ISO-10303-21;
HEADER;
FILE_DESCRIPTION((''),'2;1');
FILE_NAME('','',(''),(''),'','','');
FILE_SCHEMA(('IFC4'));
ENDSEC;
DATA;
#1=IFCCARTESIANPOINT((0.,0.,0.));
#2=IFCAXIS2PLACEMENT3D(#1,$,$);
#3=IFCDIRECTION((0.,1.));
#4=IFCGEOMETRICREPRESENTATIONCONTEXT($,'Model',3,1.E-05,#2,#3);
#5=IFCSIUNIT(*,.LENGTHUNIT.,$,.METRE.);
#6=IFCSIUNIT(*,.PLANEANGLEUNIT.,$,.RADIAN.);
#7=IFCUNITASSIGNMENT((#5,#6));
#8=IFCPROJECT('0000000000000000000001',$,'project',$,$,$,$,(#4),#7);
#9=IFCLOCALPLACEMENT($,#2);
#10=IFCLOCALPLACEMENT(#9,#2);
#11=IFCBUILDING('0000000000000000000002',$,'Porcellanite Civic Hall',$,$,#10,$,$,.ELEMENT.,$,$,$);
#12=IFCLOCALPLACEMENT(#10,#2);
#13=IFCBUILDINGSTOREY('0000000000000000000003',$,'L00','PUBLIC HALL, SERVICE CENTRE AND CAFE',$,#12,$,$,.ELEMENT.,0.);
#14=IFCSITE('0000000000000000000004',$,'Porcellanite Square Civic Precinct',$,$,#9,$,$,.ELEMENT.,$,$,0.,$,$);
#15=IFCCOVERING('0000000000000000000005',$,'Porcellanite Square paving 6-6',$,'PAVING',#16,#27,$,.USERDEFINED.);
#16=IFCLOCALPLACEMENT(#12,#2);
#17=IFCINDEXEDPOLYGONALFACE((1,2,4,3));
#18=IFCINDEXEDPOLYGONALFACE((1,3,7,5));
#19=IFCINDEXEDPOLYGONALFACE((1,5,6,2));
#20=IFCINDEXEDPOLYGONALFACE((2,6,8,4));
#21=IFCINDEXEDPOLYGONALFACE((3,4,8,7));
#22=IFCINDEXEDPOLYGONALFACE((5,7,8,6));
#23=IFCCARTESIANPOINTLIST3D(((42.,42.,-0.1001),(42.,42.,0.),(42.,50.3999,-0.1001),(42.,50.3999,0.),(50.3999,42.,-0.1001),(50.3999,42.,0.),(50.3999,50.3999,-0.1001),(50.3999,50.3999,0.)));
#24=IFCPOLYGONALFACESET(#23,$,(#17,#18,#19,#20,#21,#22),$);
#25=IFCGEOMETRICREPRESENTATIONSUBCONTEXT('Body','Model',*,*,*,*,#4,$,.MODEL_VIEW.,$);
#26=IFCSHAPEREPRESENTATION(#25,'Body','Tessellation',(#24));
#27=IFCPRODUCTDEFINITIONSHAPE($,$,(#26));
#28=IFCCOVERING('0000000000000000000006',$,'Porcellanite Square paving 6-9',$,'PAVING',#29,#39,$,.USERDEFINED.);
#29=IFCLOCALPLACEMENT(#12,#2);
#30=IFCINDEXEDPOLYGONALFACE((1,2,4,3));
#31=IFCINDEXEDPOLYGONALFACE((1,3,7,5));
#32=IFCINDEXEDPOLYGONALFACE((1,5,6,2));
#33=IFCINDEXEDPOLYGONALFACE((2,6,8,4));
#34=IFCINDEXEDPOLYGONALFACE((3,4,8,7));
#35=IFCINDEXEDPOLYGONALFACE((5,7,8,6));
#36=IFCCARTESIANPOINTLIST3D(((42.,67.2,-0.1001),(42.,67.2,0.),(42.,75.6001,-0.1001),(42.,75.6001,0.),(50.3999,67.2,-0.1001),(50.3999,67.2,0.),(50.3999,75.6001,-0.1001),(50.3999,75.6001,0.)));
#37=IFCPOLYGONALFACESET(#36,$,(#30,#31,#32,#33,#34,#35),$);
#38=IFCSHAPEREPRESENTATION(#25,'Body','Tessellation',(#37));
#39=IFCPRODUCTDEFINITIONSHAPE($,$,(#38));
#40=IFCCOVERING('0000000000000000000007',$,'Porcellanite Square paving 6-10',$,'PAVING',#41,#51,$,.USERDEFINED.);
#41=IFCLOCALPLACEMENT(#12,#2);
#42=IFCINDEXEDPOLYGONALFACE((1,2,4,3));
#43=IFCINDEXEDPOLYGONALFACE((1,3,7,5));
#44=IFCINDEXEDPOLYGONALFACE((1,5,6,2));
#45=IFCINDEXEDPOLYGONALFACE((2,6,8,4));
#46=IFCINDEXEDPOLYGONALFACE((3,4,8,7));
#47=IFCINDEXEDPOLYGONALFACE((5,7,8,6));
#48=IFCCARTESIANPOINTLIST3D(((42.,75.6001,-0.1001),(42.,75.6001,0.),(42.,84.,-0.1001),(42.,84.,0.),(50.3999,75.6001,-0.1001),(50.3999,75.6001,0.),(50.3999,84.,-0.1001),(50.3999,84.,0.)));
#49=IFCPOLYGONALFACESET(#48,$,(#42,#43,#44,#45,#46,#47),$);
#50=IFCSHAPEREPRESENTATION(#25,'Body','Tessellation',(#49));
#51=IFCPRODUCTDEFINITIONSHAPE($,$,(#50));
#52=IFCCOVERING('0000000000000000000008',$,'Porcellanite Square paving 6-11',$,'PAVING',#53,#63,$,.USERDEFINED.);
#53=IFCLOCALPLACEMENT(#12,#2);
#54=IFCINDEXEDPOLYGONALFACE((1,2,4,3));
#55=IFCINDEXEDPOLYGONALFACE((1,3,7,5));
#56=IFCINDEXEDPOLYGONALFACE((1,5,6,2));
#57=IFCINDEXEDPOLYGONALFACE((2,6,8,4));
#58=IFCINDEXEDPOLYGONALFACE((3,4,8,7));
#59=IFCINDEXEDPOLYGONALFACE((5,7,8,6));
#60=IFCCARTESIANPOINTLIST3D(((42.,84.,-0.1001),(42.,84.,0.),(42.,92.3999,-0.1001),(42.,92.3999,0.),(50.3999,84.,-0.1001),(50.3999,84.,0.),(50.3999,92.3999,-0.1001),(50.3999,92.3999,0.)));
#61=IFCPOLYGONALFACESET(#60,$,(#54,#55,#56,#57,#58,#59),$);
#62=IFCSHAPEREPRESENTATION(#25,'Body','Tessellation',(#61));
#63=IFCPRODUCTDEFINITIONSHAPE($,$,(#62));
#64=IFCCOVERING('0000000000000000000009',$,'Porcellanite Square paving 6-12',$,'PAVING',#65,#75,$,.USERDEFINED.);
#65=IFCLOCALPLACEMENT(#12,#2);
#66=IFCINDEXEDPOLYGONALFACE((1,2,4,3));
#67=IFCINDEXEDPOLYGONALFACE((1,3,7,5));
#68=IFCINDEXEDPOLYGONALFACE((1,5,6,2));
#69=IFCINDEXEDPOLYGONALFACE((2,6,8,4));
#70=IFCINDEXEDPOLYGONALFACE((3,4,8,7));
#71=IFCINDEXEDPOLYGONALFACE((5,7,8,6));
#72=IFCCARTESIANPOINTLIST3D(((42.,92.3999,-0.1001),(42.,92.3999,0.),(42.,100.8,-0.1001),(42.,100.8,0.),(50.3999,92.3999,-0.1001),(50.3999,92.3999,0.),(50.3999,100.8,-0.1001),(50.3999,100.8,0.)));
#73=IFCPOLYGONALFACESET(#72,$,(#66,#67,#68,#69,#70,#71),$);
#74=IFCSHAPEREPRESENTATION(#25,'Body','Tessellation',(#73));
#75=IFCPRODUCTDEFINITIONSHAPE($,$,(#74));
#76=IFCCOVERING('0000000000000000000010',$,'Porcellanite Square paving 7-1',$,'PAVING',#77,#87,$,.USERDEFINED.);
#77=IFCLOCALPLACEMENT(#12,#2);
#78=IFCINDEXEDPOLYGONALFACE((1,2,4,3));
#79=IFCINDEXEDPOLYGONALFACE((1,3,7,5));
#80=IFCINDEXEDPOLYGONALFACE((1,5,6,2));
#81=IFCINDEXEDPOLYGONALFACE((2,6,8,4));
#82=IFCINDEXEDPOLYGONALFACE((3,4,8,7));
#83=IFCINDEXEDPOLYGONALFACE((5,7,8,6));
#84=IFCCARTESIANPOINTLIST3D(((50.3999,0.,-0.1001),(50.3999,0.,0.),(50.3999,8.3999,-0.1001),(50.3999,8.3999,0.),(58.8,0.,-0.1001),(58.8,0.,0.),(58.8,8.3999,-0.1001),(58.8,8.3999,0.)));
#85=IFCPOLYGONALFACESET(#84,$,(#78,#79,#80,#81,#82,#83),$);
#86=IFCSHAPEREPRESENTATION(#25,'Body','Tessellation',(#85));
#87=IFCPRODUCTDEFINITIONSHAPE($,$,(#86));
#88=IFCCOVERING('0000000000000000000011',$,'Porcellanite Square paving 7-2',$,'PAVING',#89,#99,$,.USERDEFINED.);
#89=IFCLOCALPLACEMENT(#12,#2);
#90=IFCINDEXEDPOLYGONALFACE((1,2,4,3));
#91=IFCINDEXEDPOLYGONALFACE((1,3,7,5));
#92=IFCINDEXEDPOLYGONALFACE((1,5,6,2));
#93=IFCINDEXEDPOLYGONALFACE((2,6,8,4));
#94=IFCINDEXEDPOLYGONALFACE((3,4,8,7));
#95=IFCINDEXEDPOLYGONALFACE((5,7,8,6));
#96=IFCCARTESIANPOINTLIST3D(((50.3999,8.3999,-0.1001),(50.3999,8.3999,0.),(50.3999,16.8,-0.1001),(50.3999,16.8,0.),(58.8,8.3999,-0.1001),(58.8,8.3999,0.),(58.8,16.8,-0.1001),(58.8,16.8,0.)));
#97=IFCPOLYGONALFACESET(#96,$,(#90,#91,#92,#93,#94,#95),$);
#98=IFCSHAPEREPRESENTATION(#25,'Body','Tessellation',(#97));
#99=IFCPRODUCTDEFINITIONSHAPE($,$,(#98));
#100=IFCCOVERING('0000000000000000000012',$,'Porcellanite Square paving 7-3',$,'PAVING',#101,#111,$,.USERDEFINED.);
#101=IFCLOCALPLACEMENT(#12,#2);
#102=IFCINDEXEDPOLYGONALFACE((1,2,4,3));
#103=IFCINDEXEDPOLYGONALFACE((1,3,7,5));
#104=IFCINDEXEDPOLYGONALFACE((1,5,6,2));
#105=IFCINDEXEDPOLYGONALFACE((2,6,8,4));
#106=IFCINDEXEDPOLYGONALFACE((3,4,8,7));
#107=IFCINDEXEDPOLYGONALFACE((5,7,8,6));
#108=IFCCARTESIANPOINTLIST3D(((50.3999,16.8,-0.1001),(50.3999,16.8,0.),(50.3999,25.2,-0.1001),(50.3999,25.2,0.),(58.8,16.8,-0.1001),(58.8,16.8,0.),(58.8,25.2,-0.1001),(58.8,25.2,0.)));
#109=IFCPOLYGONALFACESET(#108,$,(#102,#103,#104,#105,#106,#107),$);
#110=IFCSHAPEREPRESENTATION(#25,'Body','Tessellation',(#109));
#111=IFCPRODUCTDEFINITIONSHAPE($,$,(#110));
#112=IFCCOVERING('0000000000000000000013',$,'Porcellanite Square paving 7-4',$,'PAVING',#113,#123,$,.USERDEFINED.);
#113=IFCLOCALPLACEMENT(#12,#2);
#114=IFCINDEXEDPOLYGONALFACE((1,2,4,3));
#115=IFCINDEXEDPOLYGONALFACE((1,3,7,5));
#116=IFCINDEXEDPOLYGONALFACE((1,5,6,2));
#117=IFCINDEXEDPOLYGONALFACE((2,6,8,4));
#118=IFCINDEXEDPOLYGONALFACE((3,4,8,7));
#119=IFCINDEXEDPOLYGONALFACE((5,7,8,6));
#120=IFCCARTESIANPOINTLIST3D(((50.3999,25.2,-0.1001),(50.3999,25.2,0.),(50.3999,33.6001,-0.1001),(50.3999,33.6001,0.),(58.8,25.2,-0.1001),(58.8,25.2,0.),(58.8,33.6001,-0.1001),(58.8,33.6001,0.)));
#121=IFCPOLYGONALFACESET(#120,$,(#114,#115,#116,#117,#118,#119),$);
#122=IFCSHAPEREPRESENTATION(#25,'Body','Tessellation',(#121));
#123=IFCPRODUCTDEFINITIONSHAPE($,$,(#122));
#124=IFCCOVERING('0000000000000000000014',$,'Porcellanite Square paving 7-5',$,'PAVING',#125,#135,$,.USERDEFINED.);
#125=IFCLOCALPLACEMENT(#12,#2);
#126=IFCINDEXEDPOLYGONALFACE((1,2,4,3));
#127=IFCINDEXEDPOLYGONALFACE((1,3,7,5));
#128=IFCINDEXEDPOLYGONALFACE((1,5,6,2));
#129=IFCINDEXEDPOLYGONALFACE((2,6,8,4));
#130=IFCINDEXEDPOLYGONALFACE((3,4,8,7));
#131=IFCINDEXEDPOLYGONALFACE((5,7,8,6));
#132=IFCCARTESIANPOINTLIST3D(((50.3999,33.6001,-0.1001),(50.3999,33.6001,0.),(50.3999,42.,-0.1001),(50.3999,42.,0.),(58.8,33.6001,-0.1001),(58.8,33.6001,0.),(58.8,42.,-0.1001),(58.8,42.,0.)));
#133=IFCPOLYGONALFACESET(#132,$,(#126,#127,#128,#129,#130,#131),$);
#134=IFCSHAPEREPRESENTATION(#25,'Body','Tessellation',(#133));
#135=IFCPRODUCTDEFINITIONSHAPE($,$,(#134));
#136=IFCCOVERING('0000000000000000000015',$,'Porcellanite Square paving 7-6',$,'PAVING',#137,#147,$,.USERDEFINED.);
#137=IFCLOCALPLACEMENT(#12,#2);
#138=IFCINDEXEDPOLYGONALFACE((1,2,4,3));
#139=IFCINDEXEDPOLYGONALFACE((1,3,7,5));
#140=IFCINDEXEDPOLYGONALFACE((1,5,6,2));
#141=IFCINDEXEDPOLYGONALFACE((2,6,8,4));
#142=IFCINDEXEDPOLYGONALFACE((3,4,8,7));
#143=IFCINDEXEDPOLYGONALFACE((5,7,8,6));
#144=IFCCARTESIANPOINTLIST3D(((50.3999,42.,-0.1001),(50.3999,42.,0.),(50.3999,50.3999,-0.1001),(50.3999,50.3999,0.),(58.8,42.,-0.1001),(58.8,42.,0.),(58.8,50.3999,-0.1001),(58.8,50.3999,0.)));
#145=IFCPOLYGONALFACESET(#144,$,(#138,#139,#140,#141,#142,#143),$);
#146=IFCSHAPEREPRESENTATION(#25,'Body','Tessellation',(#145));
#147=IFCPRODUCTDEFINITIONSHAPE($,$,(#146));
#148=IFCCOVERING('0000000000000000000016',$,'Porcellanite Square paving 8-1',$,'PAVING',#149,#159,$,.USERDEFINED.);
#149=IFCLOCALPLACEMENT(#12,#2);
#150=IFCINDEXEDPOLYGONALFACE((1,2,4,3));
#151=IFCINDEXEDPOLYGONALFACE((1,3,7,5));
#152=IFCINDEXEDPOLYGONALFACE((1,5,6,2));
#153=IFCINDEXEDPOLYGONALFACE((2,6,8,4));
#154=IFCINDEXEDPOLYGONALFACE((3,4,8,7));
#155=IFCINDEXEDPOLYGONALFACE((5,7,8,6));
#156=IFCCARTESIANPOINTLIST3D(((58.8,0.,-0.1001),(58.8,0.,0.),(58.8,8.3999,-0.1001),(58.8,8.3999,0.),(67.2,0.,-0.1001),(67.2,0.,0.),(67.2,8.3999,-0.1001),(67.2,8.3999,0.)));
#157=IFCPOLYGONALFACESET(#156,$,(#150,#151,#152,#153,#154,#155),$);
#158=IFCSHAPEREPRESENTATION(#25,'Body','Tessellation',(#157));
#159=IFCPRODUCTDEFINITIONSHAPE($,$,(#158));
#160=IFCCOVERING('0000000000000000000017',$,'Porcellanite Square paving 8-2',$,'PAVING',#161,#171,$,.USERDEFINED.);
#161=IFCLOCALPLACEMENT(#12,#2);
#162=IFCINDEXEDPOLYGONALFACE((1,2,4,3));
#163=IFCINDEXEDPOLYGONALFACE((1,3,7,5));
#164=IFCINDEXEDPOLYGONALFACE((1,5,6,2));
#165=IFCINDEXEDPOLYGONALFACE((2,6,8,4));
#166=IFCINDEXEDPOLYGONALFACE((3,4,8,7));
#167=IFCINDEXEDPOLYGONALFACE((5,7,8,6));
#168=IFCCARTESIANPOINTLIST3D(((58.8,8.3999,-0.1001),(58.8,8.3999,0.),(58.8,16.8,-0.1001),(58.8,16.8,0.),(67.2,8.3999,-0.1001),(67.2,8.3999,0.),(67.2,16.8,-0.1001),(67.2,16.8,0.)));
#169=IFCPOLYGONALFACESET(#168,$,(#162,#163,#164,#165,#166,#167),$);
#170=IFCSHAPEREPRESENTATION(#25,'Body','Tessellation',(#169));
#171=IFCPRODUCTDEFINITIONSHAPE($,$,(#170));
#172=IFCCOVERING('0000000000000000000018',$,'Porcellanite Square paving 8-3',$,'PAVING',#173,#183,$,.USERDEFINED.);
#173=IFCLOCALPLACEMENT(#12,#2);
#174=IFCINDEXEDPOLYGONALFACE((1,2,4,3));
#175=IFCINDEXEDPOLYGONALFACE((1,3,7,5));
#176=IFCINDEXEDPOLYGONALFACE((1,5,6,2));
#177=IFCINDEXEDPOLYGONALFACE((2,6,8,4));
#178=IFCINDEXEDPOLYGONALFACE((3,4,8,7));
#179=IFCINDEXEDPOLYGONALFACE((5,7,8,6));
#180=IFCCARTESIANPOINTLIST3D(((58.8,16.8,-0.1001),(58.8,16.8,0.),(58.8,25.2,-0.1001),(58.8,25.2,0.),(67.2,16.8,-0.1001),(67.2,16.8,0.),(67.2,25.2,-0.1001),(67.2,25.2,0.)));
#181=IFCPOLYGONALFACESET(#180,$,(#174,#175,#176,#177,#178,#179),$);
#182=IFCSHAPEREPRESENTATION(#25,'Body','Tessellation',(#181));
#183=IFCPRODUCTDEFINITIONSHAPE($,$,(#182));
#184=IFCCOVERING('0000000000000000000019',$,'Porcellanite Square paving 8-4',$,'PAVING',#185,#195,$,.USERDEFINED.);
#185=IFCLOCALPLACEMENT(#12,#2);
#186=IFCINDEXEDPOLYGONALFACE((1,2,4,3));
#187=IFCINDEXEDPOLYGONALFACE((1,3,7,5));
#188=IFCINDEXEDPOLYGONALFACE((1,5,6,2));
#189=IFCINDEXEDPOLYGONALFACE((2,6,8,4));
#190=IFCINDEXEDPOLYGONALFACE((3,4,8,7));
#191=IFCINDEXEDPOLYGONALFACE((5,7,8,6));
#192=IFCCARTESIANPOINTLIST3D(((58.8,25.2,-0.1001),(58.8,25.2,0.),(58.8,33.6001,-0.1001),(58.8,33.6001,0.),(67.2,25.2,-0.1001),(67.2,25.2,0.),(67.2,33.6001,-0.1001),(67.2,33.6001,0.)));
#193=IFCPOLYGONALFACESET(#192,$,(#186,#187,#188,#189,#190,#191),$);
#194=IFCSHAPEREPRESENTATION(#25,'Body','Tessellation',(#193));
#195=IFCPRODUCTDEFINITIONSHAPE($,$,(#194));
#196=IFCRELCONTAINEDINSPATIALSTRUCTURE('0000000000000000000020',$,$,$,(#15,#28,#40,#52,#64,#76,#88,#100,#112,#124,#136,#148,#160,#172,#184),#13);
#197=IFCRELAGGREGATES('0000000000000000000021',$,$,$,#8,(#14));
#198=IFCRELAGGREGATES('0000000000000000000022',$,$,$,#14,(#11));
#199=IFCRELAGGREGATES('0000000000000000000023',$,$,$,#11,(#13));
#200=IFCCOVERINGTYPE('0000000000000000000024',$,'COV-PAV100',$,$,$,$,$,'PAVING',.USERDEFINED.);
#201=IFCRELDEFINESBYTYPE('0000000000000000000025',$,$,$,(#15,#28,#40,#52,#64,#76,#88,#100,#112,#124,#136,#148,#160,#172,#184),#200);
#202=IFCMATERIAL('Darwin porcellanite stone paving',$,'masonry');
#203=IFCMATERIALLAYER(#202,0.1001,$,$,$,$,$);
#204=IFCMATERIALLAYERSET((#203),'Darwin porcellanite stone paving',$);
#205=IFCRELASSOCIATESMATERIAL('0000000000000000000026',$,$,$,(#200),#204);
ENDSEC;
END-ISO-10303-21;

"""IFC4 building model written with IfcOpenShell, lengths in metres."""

from ifc_helpers import new_model, si_unit, direction, frame, origin, place, context, subcontext, project, spatial, polyline, outline, extrude, material, layer, layer_set, type_object, element, save


model = new_model("IFC4")

# Units and contexts
model_context = context("Model", 3, precision=1e-05, world=origin(), true_north=direction((0.0, 1.0)))
body_context = subcontext(model_context, "Body", "Model", "MODEL_VIEW")
ifc_project = project(units=[si_unit("LENGTHUNIT", "METRE"), si_unit("PLANEANGLEUNIT", "RADIAN")], contexts=[model_context])

# Site, building, storey
site_placement = place(None, origin())
site = spatial("IfcSite", under=ifc_project, at=site_placement, Name="Porcellanite Square Civic Precinct", CompositionType="ELEMENT", RefElevation=0.0)
building_placement = place(site_placement, origin())
building = spatial("IfcBuilding", under=site, at=building_placement, Name="Porcellanite Civic Hall", CompositionType="ELEMENT")
storey_placement = place(building_placement, origin())
storey = spatial("IfcBuildingStorey", under=building, at=storey_placement, Name="L00", Description="PUBLIC HALL, SERVICE CENTRE AND CAFE", CompositionType="ELEMENT", Elevation=0.0)

# Coverings
ifc_material = material(Name="Darwin porcellanite stone paving", Category="masonry")
ifc_layer = layer(ifc_material, 0.1001)
ifc_layer_set = layer_set([ifc_layer], Name="Darwin porcellanite stone paving")
covering_type = type_object("IfcCoveringType", Name="COV-PAV100", ElementType="PAVING", PredefinedType="USERDEFINED", material=ifc_layer_set)
covering_1_placement = place(storey_placement, frame((0.0, 0.0, -0.1001)))
element("IfcCovering", 1, at=covering_1_placement, inside=storey, type_object=covering_type, Name="Porcellanite Square paving 6-6", ObjectType="PAVING", PredefinedType="USERDEFINED", context=body_context, shape_type="SweptSolid", body=[
    extrude(outline(polyline([(42.0, 42.0), (50.3999, 42.0), (50.3999, 50.3999), (42.0, 50.3999), (42.0, 42.0)])), origin(), (0.0, 0.0, 1.0), 0.1001),
])
covering_2_placement = place(storey_placement, frame((0.0, 0.0, -0.1001)))
element("IfcCovering", 2, at=covering_2_placement, inside=storey, type_object=covering_type, Name="Porcellanite Square paving 6-9", ObjectType="PAVING", PredefinedType="USERDEFINED", context=body_context, shape_type="SweptSolid", body=[
    extrude(outline(polyline([(42.0, 67.2), (50.3999, 67.2), (50.3999, 75.6001), (42.0, 75.6001), (42.0, 67.2)])), origin(), (0.0, 0.0, 1.0), 0.1001),
])
covering_3_placement = place(storey_placement, frame((0.0, 0.0, -0.1001)))
element("IfcCovering", 3, at=covering_3_placement, inside=storey, type_object=covering_type, Name="Porcellanite Square paving 6-10", ObjectType="PAVING", PredefinedType="USERDEFINED", context=body_context, shape_type="SweptSolid", body=[
    extrude(outline(polyline([(42.0, 75.6001), (50.3999, 75.6001), (50.3999, 84.0), (42.0, 84.0), (42.0, 75.6001)])), origin(), (0.0, 0.0, 1.0), 0.1001),
])
covering_4_placement = place(storey_placement, frame((0.0, 0.0, -0.1001)))
element("IfcCovering", 4, at=covering_4_placement, inside=storey, type_object=covering_type, Name="Porcellanite Square paving 6-11", ObjectType="PAVING", PredefinedType="USERDEFINED", context=body_context, shape_type="SweptSolid", body=[
    extrude(outline(polyline([(42.0, 84.0), (50.3999, 84.0), (50.3999, 92.3999), (42.0, 92.3999), (42.0, 84.0)])), origin(), (0.0, 0.0, 1.0), 0.1001),
])
covering_5_placement = place(storey_placement, frame((0.0, 0.0, -0.1001)))
element("IfcCovering", 5, at=covering_5_placement, inside=storey, type_object=covering_type, Name="Porcellanite Square paving 6-12", ObjectType="PAVING", PredefinedType="USERDEFINED", context=body_context, shape_type="SweptSolid", body=[
    extrude(outline(polyline([(42.0, 92.3999), (50.3999, 92.3999), (50.3999, 100.8), (42.0, 100.8), (42.0, 92.3999)])), origin(), (0.0, 0.0, 1.0), 0.1001),
])
covering_6_placement = place(storey_placement, frame((0.0, 0.0, -0.1001)))
element("IfcCovering", 6, at=covering_6_placement, inside=storey, type_object=covering_type, Name="Porcellanite Square paving 7-1", ObjectType="PAVING", PredefinedType="USERDEFINED", context=body_context, shape_type="SweptSolid", body=[
    extrude(outline(polyline([(50.3999, 0.0), (58.8, 0.0), (58.8, 8.3999), (50.3999, 8.3999), (50.3999, 0.0)])), origin(), (0.0, 0.0, 1.0), 0.1001),
])
covering_7_placement = place(storey_placement, frame((0.0, 0.0, -0.1001)))
element("IfcCovering", 7, at=covering_7_placement, inside=storey, type_object=covering_type, Name="Porcellanite Square paving 7-2", ObjectType="PAVING", PredefinedType="USERDEFINED", context=body_context, shape_type="SweptSolid", body=[
    extrude(outline(polyline([(50.3999, 8.3999), (58.8, 8.3999), (58.8, 16.8), (50.3999, 16.8), (50.3999, 8.3999)])), origin(), (0.0, 0.0, 1.0), 0.1001),
])
covering_8_placement = place(storey_placement, frame((0.0, 0.0, -0.1001)))
element("IfcCovering", 8, at=covering_8_placement, inside=storey, type_object=covering_type, Name="Porcellanite Square paving 7-3", ObjectType="PAVING", PredefinedType="USERDEFINED", context=body_context, shape_type="SweptSolid", body=[
    extrude(outline(polyline([(50.3999, 16.8), (58.8, 16.8), (58.8, 25.2), (50.3999, 25.2), (50.3999, 16.8)])), origin(), (0.0, 0.0, 1.0), 0.1001),
])
covering_9_placement = place(storey_placement, frame((0.0, 0.0, -0.1001)))
element("IfcCovering", 9, at=covering_9_placement, inside=storey, type_object=covering_type, Name="Porcellanite Square paving 7-4", ObjectType="PAVING", PredefinedType="USERDEFINED", context=body_context, shape_type="SweptSolid", body=[
    extrude(outline(polyline([(50.3999, 25.2), (58.8, 25.2), (58.8, 33.6001), (50.3999, 33.6001), (50.3999, 25.2)])), origin(), (0.0, 0.0, 1.0), 0.1001),
])
covering_10_placement = place(storey_placement, frame((0.0, 0.0, -0.1001)))
element("IfcCovering", 10, at=covering_10_placement, inside=storey, type_object=covering_type, Name="Porcellanite Square paving 7-5", ObjectType="PAVING", PredefinedType="USERDEFINED", context=body_context, shape_type="SweptSolid", body=[
    extrude(outline(polyline([(50.3999, 33.6001), (58.8, 33.6001), (58.8, 42.0), (50.3999, 42.0), (50.3999, 33.6001)])), origin(), (0.0, 0.0, 1.0), 0.1001),
])
covering_11_placement = place(storey_placement, frame((0.0, 0.0, -0.1001)))
element("IfcCovering", 11, at=covering_11_placement, inside=storey, type_object=covering_type, Name="Porcellanite Square paving 7-6", ObjectType="PAVING", PredefinedType="USERDEFINED", context=body_context, shape_type="SweptSolid", body=[
    extrude(outline(polyline([(50.3999, 42.0), (58.8, 42.0), (58.8, 50.3999), (50.3999, 50.3999), (50.3999, 42.0)])), origin(), (0.0, 0.0, 1.0), 0.1001),
])
covering_12_placement = place(storey_placement, frame((0.0, 0.0, -0.1001)))
element("IfcCovering", 12, at=covering_12_placement, inside=storey, type_object=covering_type, Name="Porcellanite Square paving 8-1", ObjectType="PAVING", PredefinedType="USERDEFINED", context=body_context, shape_type="SweptSolid", body=[
    extrude(outline(polyline([(58.8, 0.0), (67.2, 0.0), (67.2, 8.3999), (58.8, 8.3999), (58.8, 0.0)])), origin(), (0.0, 0.0, 1.0), 0.1001),
])
covering_13_placement = place(storey_placement, frame((0.0, 0.0, -0.1001)))
element("IfcCovering", 13, at=covering_13_placement, inside=storey, type_object=covering_type, Name="Porcellanite Square paving 8-2", ObjectType="PAVING", PredefinedType="USERDEFINED", context=body_context, shape_type="SweptSolid", body=[
    extrude(outline(polyline([(58.8, 8.3999), (67.2, 8.3999), (67.2, 16.8), (58.8, 16.8), (58.8, 8.3999)])), origin(), (0.0, 0.0, 1.0), 0.1001),
])
covering_14_placement = place(storey_placement, frame((0.0, 0.0, -0.1001)))
element("IfcCovering", 14, at=covering_14_placement, inside=storey, type_object=covering_type, Name="Porcellanite Square paving 8-3", ObjectType="PAVING", PredefinedType="USERDEFINED", context=body_context, shape_type="SweptSolid", body=[
    extrude(outline(polyline([(58.8, 16.8), (67.2, 16.8), (67.2, 25.2), (58.8, 25.2), (58.8, 16.8)])), origin(), (0.0, 0.0, 1.0), 0.1001),
])
covering_15_placement = place(storey_placement, frame((0.0, 0.0, -0.1001)))
element("IfcCovering", 15, at=covering_15_placement, inside=storey, type_object=covering_type, Name="Porcellanite Square paving 8-4", ObjectType="PAVING", PredefinedType="USERDEFINED", context=body_context, shape_type="SweptSolid", body=[
    extrude(outline(polyline([(58.8, 25.2), (67.2, 25.2), (67.2, 33.6001), (58.8, 33.6001), (58.8, 25.2)])), origin(), (0.0, 0.0, 1.0), 0.1001),
])

save(model, "model.ifc")
